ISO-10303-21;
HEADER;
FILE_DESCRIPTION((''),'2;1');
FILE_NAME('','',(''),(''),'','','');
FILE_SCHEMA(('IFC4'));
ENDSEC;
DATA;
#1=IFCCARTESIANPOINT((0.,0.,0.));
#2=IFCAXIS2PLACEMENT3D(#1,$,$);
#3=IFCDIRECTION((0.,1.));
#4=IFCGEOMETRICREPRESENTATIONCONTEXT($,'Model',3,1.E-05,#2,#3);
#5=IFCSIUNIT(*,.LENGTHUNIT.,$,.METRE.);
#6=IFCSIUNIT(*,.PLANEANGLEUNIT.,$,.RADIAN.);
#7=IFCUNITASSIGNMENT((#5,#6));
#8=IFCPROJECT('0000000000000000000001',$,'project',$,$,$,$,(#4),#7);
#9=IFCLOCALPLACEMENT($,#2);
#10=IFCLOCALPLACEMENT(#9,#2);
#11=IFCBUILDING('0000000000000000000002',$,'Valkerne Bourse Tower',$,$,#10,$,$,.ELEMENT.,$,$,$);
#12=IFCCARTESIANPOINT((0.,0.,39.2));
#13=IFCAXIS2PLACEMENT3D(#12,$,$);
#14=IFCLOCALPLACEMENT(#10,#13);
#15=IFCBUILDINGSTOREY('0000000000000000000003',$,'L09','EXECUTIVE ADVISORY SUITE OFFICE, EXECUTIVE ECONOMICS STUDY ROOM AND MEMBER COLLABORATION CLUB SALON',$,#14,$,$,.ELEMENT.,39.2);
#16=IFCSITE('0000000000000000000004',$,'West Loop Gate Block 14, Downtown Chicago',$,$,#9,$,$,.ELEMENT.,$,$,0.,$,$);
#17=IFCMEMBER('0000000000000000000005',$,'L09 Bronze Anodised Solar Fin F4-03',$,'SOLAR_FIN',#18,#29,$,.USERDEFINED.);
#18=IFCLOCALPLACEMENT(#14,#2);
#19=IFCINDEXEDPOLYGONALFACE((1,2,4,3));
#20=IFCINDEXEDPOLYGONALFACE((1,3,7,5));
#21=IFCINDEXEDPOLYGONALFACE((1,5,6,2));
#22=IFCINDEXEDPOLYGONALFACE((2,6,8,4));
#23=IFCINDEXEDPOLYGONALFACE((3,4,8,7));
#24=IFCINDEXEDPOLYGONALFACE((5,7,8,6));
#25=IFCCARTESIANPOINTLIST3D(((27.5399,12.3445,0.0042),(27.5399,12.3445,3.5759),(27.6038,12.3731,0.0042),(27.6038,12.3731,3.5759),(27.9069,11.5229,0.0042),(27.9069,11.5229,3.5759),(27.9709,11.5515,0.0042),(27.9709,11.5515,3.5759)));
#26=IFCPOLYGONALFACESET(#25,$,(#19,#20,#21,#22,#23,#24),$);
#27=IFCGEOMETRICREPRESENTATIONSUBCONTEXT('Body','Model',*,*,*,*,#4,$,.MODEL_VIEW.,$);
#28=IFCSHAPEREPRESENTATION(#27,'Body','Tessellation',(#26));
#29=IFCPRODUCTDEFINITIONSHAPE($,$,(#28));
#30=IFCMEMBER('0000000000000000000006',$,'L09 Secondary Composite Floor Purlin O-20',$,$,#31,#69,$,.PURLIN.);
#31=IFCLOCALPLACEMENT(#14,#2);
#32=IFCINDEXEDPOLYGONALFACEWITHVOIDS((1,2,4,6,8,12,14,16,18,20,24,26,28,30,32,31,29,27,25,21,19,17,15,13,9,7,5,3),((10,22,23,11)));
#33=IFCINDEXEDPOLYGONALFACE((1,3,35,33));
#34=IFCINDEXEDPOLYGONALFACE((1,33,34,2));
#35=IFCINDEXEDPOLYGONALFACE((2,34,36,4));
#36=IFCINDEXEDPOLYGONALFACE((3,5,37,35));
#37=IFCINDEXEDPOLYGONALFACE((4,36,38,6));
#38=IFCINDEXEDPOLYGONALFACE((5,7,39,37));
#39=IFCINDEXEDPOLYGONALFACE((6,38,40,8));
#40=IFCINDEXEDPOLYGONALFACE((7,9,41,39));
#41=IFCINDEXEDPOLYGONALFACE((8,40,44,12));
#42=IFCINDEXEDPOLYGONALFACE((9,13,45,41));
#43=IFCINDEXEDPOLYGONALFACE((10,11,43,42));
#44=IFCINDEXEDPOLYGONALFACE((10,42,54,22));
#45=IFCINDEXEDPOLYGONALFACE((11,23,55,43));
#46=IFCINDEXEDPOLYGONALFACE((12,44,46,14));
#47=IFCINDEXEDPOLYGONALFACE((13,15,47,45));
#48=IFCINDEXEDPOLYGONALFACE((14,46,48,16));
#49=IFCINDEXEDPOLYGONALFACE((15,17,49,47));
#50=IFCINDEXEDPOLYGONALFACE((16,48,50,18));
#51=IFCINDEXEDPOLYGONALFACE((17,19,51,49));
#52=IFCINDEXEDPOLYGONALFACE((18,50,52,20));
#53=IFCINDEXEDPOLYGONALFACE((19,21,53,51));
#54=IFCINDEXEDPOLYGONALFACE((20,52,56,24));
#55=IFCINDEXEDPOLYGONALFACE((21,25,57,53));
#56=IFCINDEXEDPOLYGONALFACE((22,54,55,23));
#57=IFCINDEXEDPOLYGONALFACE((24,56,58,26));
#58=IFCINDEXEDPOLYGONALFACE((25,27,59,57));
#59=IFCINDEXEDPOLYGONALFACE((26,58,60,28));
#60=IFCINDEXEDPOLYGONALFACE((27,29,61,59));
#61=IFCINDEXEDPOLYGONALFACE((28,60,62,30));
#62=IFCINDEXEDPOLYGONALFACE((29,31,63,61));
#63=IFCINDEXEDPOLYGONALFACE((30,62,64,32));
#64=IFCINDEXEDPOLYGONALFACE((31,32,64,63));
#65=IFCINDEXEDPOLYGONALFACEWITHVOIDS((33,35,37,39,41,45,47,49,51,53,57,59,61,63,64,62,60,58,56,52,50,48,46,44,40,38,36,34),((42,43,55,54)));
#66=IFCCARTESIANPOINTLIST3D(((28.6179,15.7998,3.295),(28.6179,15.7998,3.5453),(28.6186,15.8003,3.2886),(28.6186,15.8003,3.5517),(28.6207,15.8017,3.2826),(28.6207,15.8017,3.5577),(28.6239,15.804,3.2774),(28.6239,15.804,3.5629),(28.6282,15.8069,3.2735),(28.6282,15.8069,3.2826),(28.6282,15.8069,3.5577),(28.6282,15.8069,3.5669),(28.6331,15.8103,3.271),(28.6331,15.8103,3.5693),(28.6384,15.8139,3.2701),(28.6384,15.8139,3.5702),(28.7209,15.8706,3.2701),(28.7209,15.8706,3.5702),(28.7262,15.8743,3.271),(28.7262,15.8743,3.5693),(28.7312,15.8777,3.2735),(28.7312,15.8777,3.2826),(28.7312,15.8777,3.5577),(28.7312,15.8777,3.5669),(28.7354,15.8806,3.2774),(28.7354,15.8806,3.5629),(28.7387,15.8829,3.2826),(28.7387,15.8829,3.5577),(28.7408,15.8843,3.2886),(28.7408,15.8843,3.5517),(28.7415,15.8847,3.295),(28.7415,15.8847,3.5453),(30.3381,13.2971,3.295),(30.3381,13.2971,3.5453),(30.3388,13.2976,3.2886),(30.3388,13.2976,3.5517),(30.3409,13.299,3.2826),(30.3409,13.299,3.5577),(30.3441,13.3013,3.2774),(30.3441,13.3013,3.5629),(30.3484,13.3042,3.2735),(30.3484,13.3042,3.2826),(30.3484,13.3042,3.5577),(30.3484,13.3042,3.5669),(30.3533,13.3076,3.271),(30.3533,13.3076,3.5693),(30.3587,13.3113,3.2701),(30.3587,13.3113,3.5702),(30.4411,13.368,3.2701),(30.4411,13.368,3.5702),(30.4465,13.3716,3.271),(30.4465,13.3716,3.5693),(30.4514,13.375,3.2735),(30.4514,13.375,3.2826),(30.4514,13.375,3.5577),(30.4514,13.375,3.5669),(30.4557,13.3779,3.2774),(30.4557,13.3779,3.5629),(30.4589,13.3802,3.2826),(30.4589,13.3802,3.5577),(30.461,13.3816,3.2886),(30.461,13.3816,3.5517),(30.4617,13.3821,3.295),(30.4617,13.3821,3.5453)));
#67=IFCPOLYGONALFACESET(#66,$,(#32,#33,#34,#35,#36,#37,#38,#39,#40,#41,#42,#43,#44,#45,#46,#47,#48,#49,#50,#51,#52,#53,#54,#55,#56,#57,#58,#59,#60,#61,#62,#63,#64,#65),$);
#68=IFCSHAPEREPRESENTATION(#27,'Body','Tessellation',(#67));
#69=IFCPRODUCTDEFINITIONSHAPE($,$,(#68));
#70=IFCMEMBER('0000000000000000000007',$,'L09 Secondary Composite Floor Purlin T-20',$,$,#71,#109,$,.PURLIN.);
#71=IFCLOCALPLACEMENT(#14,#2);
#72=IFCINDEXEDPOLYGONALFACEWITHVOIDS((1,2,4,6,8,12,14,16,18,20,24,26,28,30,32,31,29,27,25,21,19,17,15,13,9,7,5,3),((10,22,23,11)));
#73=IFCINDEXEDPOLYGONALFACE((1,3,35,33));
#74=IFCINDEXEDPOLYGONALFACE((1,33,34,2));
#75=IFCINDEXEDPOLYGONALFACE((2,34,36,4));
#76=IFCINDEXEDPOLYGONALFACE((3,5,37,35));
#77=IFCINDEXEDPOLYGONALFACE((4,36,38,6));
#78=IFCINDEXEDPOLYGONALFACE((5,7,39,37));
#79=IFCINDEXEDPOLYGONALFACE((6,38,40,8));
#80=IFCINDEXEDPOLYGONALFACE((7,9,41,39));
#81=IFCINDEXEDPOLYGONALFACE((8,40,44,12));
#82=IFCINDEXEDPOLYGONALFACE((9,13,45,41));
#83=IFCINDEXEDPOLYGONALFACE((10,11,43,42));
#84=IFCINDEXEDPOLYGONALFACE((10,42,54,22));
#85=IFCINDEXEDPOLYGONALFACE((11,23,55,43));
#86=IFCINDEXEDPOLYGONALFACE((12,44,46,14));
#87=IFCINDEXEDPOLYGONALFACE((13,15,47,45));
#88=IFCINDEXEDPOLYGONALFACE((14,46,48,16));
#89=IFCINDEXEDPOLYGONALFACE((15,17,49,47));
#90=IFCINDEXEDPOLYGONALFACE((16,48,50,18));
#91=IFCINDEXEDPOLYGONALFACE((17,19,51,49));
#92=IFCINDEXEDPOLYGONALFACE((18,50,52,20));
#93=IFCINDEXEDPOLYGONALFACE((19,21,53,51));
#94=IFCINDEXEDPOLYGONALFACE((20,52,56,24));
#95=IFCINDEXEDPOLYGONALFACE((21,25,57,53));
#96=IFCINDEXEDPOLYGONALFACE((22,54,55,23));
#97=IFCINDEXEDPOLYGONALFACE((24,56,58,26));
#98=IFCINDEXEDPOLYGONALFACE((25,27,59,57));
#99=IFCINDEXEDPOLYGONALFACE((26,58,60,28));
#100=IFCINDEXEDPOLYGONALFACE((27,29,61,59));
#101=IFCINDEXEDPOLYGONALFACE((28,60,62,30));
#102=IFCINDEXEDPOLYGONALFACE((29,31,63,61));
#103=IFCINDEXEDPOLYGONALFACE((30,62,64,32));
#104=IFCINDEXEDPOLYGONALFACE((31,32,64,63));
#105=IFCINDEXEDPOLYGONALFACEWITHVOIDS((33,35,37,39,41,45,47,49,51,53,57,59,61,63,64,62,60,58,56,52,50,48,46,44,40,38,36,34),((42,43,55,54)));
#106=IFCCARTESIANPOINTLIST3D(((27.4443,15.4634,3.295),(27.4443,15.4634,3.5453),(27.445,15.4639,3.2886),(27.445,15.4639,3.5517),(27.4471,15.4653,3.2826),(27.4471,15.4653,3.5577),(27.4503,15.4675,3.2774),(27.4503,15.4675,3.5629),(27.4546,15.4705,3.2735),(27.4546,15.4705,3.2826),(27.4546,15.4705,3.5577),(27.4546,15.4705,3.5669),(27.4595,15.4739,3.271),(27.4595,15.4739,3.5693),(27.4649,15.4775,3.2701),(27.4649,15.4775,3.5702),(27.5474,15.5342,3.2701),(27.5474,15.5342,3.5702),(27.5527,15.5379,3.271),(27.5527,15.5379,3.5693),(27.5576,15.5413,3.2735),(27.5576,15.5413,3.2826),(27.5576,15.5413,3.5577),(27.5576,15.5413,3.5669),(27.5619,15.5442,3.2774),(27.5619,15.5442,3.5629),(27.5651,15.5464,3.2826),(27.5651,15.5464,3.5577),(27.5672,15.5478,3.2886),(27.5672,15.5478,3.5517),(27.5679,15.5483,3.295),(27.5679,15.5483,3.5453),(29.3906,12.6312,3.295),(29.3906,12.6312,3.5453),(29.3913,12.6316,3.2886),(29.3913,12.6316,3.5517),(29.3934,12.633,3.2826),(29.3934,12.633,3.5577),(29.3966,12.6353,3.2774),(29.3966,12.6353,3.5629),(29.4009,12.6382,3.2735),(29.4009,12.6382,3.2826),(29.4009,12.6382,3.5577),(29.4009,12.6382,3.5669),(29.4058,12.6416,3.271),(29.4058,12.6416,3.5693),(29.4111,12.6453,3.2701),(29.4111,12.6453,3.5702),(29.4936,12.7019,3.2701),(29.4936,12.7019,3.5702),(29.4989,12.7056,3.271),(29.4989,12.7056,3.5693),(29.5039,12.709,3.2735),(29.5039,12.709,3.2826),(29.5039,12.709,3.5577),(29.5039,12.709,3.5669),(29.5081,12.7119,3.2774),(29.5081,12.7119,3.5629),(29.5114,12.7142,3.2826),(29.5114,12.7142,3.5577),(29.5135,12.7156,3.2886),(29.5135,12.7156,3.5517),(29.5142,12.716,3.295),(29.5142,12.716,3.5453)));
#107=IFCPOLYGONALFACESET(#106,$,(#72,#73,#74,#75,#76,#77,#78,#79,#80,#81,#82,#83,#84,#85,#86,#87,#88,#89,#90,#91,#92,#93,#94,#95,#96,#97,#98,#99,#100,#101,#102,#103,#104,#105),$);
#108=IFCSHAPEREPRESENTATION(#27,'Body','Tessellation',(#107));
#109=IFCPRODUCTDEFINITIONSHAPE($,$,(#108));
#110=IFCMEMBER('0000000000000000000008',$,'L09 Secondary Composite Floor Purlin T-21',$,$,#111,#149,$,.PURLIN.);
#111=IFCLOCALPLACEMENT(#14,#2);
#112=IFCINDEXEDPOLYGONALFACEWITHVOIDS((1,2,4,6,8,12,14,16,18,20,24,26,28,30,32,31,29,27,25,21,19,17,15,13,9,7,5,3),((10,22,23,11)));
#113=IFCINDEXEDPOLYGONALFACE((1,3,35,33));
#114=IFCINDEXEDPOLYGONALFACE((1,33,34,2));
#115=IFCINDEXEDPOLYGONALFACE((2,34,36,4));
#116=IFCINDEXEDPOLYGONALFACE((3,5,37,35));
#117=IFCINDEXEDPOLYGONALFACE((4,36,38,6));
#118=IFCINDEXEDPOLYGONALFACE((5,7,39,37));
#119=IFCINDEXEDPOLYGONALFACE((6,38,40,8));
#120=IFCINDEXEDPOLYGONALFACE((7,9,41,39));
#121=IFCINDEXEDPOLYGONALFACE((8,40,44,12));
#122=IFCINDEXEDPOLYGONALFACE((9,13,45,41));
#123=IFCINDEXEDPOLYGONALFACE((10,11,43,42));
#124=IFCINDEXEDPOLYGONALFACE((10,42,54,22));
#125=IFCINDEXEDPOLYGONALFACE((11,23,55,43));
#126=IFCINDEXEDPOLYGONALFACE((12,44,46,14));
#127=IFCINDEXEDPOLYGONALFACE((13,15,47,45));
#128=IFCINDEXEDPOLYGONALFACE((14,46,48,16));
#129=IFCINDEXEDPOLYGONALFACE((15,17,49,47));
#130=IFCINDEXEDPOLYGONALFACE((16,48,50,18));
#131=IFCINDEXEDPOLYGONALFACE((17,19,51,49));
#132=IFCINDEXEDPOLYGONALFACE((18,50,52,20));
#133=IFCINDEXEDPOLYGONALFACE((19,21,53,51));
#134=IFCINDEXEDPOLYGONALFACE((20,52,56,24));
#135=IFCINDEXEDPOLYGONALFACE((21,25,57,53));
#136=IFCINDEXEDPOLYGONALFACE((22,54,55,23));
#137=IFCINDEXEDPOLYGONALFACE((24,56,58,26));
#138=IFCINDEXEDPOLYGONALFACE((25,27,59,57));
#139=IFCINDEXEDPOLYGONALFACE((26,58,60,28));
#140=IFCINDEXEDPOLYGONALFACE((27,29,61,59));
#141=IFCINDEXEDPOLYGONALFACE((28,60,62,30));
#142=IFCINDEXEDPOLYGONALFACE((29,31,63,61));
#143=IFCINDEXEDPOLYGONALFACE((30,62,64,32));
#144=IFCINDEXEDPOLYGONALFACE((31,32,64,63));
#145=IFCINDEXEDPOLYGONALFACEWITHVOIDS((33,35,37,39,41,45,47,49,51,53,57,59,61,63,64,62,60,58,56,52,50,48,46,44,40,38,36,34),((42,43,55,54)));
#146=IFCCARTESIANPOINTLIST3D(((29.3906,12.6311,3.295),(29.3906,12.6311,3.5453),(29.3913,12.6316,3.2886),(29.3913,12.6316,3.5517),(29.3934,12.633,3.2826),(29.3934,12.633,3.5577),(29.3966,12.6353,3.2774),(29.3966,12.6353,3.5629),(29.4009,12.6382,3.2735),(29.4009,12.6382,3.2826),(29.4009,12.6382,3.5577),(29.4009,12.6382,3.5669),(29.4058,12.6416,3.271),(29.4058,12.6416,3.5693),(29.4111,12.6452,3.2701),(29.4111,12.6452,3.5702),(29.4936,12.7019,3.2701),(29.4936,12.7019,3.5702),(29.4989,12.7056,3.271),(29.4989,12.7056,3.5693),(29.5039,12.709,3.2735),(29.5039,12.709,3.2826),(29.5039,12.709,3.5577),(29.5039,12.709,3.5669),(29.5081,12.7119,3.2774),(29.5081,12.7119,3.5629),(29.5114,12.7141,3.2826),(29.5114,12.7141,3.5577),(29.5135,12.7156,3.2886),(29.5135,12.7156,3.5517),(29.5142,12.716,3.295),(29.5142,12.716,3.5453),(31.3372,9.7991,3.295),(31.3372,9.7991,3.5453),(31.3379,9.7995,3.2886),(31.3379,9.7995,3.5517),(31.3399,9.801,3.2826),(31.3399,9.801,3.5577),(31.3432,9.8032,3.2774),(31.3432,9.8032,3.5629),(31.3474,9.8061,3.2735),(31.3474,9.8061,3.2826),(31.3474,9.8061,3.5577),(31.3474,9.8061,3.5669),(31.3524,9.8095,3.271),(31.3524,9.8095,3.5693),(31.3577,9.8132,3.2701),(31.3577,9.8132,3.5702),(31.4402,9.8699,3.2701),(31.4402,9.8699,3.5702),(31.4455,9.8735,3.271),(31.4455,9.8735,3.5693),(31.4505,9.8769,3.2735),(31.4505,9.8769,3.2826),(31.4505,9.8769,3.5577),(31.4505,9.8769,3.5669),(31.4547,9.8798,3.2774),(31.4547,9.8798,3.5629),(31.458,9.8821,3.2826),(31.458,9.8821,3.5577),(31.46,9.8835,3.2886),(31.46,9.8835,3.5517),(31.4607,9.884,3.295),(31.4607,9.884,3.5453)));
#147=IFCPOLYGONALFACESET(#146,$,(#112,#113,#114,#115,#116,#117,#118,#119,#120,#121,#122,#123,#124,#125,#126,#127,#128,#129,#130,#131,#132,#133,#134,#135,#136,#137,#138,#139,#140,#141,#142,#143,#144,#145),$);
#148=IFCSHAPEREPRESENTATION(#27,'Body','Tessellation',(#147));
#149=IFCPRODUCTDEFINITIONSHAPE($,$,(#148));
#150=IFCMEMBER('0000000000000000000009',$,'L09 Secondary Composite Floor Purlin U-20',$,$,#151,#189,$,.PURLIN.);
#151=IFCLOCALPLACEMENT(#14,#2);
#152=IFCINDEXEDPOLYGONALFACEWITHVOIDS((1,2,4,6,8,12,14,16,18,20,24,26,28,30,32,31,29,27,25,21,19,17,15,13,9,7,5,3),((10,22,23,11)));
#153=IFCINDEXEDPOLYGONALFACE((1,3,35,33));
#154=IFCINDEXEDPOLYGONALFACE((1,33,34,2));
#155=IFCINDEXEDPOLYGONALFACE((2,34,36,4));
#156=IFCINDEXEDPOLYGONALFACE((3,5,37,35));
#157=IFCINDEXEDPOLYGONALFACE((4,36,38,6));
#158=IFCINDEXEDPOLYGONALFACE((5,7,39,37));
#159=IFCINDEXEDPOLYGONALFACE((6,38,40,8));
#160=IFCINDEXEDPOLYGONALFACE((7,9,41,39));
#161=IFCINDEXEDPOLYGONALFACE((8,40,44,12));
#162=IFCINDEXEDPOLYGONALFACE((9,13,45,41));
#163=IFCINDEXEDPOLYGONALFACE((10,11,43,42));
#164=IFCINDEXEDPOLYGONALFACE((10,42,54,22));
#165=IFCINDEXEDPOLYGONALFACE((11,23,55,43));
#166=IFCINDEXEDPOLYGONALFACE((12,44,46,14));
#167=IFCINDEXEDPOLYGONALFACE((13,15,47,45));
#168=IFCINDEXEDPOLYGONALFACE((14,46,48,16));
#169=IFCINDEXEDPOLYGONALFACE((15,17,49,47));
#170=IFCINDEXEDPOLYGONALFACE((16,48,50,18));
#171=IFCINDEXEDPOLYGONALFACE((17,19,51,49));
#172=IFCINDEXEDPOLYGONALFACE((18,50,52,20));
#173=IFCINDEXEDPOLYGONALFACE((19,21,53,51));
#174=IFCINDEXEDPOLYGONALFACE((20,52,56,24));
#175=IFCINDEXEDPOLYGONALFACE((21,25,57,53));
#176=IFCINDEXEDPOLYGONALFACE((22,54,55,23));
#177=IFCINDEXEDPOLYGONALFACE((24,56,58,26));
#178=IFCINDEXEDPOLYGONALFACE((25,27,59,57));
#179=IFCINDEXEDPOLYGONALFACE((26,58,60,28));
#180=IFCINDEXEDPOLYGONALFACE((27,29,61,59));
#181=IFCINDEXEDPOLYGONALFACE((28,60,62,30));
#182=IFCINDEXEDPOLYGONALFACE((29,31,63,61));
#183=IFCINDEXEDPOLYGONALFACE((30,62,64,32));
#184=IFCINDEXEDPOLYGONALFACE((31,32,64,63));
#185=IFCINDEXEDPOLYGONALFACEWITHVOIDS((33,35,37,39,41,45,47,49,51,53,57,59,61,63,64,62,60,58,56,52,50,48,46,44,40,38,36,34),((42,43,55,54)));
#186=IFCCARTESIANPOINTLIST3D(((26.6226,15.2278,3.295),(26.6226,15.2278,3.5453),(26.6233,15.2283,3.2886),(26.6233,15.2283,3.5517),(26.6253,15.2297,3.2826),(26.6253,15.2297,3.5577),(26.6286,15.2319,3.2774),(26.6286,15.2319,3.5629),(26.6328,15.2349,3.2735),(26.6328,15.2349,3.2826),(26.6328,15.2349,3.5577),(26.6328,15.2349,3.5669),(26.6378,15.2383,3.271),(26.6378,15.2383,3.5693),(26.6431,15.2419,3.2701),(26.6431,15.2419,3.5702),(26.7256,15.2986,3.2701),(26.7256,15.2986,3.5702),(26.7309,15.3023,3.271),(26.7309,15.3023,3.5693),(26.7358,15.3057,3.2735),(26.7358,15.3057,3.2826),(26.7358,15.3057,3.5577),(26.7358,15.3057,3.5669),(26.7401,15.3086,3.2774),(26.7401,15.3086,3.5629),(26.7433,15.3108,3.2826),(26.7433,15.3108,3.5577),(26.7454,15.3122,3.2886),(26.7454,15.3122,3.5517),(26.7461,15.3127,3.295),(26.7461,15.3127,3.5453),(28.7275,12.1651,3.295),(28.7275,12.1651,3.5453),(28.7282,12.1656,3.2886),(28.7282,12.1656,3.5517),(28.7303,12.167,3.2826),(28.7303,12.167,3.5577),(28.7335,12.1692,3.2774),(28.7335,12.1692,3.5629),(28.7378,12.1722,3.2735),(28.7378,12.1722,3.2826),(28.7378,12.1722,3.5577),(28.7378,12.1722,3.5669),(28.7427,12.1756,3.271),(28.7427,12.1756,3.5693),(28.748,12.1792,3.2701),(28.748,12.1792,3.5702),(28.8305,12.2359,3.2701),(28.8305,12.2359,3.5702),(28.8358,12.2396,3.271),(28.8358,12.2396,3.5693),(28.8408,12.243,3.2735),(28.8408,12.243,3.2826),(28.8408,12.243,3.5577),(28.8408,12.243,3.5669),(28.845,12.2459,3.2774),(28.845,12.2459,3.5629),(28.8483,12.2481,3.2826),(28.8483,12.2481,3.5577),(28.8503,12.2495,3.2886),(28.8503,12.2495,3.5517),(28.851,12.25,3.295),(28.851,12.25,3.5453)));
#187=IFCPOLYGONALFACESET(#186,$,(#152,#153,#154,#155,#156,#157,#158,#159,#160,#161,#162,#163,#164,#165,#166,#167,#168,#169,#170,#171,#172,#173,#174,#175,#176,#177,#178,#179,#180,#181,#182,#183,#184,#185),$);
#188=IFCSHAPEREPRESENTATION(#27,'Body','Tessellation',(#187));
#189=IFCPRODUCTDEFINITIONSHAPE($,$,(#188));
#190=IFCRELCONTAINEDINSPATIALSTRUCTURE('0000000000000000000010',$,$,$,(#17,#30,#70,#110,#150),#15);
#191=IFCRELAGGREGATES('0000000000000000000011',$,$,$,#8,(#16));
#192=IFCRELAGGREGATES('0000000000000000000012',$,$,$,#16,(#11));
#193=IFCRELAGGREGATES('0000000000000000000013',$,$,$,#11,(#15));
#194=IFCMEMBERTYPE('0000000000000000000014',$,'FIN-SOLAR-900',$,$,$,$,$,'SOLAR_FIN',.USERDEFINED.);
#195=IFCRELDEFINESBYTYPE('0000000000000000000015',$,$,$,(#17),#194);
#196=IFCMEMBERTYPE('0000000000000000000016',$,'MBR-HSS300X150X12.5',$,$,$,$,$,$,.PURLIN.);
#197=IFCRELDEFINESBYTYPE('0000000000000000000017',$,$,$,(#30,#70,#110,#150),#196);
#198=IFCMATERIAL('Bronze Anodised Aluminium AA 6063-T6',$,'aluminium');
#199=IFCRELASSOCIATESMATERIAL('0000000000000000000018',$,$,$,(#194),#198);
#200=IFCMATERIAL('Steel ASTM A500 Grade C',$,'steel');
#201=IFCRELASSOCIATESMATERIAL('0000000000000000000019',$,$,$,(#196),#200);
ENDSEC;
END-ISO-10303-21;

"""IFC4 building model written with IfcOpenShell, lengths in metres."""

from ifc_helpers import new_model, si_unit, direction, frame, origin, origin_2d, place, context, subcontext, project, spatial, rectangle, hollow_rectangle, extrude, material, material_profile, profile_set, type_object, element, save


model = new_model("IFC4")

# Units and contexts
model_context = context("Model", 3, precision=1e-05, world=origin(), true_north=direction((0.0, 1.0)))
body_context = subcontext(model_context, "Body", "Model", "MODEL_VIEW")
ifc_project = project(units=[si_unit("LENGTHUNIT", "METRE"), si_unit("PLANEANGLEUNIT", "RADIAN")], contexts=[model_context])

# Site, building, storey
site_placement = place(None, origin())
site = spatial("IfcSite", under=ifc_project, at=site_placement, Name="West Loop Gate Block 14, Downtown Chicago", CompositionType="ELEMENT", RefElevation=0.0)
building_placement = place(site_placement, origin())
building = spatial("IfcBuilding", under=site, at=building_placement, Name="Valkerne Bourse Tower", CompositionType="ELEMENT")
storey_placement = place(building_placement, frame((0.0, 0.0, 39.2)))
storey = spatial("IfcBuildingStorey", under=building, at=storey_placement, Name="L09", Description="EXECUTIVE ADVISORY SUITE OFFICE, EXECUTIVE ECONOMICS STUDY ROOM AND MEMBER COLLABORATION CLUB SALON", CompositionType="ELEMENT", Elevation=39.2)

# Members
ifc_material_1 = material(Name="Bronze Anodised Aluminium AA 6063-T6", Category="aluminium")
ifc_material_profile_1 = material_profile(ifc_material_1, rectangle(XDim=0.0701, YDim=0.8999, at=origin_2d()), Name="FIN-70X900")
ifc_profile_set_1 = profile_set([ifc_material_profile_1], Name="Bronze Anodised Aluminium AA 6063-T6")
member_type_1 = type_object("IfcMemberType", Name="FIN-SOLAR-900", ElementType="SOLAR_FIN", PredefinedType="USERDEFINED", material=ifc_profile_set_1)
member_1_placement = place(storey_placement, frame((27.7554, 11.948, 0.0042), z_axis=(0.0, 0.0, 1.0), x_axis=(-0.91304, -0.40787, 0.0)))
element("IfcMember", 1, at=member_1_placement, inside=storey, type_object=member_type_1, Name="L09 Bronze Anodised Solar Fin F4-03", ObjectType="SOLAR_FIN", PredefinedType="USERDEFINED", context=body_context, shape_type="SweptSolid", body=[
    extrude(rectangle(XDim=0.0701, YDim=0.8999, at=origin_2d()), origin(), (0.0, 0.0, 1.0), 3.5718),
])
ifc_material_2 = material(Name="Steel ASTM A500 Grade C", Category="steel")
ifc_material_profile_2 = material_profile(ifc_material_2, hollow_rectangle(XDim=0.1499, YDim=0.3, WallThickness=0.0125, OuterFilletRadius=0.0249, at=origin_2d()), Name="HSS300X150X12.5")
ifc_profile_set_2 = profile_set([ifc_material_profile_2], Name="Steel ASTM A500 Grade C")
member_type_2 = type_object("IfcMemberType", Name="MBR-HSS300X150X12.5", PredefinedType="PURLIN", material=ifc_profile_set_2)
member_2_placement = place(storey_placement, frame((28.6797, 15.8423, 3.4202), z_axis=(0.566444, -0.824101, 0.0), x_axis=(0.824101, 0.566444, 0.0)))
element("IfcMember", 2, at=member_2_placement, inside=storey, type_object=member_type_2, Name="L09 Secondary Composite Floor Purlin O-20", PredefinedType="PURLIN", context=body_context, shape_type="SweptSolid", body=[
    extrude(hollow_rectangle(XDim=0.1499, YDim=0.3, WallThickness=0.0125, OuterFilletRadius=0.0249, at=origin_2d()), origin(), (0.0, 0.0, 1.0), 3.0369),
])
for number, where, z_axis, x_axis, name in (
    (3, (27.5061, 15.5059, 3.4202), (0.566351, -0.824164, 0.0), (0.824164, 0.566351, 0.0), "L09 Secondary Composite Floor Purlin T-20"),
    (4, (29.4524, 12.6736, 3.4202), (0.566432, -0.824108, 0.0), (0.824108, 0.566432, 0.0), "L09 Secondary Composite Floor Purlin T-21"),
):
    element("IfcMember", number, at=place(storey_placement, frame(where, z_axis=z_axis, x_axis=x_axis)), inside=storey, type_object=member_type_2, Name=name, PredefinedType="PURLIN", context=body_context, shape_type="SweptSolid", body=[
        extrude(hollow_rectangle(XDim=0.1499, YDim=0.3, WallThickness=0.0125, OuterFilletRadius=0.0249, at=origin_2d()), origin(), (0.0, 0.0, 1.0), 3.4365),
    ])
for number, where, z_axis, x_axis, name in (
    (5, (26.6843, 15.2703, 3.4202), (0.566409, -0.824124, 0.0), (0.824124, 0.566409, 0.0), "L09 Secondary Composite Floor Purlin U-20"),
):
    element("IfcMember", number, at=place(storey_placement, frame(where, z_axis=z_axis, x_axis=x_axis)), inside=storey, type_object=member_type_2, Name=name, PredefinedType="PURLIN", context=body_context, shape_type="SweptSolid", body=[
        extrude(hollow_rectangle(XDim=0.1499, YDim=0.3, WallThickness=0.0125, OuterFilletRadius=0.0249, at=origin_2d()), origin(), (0.0, 0.0, 1.0), 3.7163),
    ])

save(model, "model.ifc")
